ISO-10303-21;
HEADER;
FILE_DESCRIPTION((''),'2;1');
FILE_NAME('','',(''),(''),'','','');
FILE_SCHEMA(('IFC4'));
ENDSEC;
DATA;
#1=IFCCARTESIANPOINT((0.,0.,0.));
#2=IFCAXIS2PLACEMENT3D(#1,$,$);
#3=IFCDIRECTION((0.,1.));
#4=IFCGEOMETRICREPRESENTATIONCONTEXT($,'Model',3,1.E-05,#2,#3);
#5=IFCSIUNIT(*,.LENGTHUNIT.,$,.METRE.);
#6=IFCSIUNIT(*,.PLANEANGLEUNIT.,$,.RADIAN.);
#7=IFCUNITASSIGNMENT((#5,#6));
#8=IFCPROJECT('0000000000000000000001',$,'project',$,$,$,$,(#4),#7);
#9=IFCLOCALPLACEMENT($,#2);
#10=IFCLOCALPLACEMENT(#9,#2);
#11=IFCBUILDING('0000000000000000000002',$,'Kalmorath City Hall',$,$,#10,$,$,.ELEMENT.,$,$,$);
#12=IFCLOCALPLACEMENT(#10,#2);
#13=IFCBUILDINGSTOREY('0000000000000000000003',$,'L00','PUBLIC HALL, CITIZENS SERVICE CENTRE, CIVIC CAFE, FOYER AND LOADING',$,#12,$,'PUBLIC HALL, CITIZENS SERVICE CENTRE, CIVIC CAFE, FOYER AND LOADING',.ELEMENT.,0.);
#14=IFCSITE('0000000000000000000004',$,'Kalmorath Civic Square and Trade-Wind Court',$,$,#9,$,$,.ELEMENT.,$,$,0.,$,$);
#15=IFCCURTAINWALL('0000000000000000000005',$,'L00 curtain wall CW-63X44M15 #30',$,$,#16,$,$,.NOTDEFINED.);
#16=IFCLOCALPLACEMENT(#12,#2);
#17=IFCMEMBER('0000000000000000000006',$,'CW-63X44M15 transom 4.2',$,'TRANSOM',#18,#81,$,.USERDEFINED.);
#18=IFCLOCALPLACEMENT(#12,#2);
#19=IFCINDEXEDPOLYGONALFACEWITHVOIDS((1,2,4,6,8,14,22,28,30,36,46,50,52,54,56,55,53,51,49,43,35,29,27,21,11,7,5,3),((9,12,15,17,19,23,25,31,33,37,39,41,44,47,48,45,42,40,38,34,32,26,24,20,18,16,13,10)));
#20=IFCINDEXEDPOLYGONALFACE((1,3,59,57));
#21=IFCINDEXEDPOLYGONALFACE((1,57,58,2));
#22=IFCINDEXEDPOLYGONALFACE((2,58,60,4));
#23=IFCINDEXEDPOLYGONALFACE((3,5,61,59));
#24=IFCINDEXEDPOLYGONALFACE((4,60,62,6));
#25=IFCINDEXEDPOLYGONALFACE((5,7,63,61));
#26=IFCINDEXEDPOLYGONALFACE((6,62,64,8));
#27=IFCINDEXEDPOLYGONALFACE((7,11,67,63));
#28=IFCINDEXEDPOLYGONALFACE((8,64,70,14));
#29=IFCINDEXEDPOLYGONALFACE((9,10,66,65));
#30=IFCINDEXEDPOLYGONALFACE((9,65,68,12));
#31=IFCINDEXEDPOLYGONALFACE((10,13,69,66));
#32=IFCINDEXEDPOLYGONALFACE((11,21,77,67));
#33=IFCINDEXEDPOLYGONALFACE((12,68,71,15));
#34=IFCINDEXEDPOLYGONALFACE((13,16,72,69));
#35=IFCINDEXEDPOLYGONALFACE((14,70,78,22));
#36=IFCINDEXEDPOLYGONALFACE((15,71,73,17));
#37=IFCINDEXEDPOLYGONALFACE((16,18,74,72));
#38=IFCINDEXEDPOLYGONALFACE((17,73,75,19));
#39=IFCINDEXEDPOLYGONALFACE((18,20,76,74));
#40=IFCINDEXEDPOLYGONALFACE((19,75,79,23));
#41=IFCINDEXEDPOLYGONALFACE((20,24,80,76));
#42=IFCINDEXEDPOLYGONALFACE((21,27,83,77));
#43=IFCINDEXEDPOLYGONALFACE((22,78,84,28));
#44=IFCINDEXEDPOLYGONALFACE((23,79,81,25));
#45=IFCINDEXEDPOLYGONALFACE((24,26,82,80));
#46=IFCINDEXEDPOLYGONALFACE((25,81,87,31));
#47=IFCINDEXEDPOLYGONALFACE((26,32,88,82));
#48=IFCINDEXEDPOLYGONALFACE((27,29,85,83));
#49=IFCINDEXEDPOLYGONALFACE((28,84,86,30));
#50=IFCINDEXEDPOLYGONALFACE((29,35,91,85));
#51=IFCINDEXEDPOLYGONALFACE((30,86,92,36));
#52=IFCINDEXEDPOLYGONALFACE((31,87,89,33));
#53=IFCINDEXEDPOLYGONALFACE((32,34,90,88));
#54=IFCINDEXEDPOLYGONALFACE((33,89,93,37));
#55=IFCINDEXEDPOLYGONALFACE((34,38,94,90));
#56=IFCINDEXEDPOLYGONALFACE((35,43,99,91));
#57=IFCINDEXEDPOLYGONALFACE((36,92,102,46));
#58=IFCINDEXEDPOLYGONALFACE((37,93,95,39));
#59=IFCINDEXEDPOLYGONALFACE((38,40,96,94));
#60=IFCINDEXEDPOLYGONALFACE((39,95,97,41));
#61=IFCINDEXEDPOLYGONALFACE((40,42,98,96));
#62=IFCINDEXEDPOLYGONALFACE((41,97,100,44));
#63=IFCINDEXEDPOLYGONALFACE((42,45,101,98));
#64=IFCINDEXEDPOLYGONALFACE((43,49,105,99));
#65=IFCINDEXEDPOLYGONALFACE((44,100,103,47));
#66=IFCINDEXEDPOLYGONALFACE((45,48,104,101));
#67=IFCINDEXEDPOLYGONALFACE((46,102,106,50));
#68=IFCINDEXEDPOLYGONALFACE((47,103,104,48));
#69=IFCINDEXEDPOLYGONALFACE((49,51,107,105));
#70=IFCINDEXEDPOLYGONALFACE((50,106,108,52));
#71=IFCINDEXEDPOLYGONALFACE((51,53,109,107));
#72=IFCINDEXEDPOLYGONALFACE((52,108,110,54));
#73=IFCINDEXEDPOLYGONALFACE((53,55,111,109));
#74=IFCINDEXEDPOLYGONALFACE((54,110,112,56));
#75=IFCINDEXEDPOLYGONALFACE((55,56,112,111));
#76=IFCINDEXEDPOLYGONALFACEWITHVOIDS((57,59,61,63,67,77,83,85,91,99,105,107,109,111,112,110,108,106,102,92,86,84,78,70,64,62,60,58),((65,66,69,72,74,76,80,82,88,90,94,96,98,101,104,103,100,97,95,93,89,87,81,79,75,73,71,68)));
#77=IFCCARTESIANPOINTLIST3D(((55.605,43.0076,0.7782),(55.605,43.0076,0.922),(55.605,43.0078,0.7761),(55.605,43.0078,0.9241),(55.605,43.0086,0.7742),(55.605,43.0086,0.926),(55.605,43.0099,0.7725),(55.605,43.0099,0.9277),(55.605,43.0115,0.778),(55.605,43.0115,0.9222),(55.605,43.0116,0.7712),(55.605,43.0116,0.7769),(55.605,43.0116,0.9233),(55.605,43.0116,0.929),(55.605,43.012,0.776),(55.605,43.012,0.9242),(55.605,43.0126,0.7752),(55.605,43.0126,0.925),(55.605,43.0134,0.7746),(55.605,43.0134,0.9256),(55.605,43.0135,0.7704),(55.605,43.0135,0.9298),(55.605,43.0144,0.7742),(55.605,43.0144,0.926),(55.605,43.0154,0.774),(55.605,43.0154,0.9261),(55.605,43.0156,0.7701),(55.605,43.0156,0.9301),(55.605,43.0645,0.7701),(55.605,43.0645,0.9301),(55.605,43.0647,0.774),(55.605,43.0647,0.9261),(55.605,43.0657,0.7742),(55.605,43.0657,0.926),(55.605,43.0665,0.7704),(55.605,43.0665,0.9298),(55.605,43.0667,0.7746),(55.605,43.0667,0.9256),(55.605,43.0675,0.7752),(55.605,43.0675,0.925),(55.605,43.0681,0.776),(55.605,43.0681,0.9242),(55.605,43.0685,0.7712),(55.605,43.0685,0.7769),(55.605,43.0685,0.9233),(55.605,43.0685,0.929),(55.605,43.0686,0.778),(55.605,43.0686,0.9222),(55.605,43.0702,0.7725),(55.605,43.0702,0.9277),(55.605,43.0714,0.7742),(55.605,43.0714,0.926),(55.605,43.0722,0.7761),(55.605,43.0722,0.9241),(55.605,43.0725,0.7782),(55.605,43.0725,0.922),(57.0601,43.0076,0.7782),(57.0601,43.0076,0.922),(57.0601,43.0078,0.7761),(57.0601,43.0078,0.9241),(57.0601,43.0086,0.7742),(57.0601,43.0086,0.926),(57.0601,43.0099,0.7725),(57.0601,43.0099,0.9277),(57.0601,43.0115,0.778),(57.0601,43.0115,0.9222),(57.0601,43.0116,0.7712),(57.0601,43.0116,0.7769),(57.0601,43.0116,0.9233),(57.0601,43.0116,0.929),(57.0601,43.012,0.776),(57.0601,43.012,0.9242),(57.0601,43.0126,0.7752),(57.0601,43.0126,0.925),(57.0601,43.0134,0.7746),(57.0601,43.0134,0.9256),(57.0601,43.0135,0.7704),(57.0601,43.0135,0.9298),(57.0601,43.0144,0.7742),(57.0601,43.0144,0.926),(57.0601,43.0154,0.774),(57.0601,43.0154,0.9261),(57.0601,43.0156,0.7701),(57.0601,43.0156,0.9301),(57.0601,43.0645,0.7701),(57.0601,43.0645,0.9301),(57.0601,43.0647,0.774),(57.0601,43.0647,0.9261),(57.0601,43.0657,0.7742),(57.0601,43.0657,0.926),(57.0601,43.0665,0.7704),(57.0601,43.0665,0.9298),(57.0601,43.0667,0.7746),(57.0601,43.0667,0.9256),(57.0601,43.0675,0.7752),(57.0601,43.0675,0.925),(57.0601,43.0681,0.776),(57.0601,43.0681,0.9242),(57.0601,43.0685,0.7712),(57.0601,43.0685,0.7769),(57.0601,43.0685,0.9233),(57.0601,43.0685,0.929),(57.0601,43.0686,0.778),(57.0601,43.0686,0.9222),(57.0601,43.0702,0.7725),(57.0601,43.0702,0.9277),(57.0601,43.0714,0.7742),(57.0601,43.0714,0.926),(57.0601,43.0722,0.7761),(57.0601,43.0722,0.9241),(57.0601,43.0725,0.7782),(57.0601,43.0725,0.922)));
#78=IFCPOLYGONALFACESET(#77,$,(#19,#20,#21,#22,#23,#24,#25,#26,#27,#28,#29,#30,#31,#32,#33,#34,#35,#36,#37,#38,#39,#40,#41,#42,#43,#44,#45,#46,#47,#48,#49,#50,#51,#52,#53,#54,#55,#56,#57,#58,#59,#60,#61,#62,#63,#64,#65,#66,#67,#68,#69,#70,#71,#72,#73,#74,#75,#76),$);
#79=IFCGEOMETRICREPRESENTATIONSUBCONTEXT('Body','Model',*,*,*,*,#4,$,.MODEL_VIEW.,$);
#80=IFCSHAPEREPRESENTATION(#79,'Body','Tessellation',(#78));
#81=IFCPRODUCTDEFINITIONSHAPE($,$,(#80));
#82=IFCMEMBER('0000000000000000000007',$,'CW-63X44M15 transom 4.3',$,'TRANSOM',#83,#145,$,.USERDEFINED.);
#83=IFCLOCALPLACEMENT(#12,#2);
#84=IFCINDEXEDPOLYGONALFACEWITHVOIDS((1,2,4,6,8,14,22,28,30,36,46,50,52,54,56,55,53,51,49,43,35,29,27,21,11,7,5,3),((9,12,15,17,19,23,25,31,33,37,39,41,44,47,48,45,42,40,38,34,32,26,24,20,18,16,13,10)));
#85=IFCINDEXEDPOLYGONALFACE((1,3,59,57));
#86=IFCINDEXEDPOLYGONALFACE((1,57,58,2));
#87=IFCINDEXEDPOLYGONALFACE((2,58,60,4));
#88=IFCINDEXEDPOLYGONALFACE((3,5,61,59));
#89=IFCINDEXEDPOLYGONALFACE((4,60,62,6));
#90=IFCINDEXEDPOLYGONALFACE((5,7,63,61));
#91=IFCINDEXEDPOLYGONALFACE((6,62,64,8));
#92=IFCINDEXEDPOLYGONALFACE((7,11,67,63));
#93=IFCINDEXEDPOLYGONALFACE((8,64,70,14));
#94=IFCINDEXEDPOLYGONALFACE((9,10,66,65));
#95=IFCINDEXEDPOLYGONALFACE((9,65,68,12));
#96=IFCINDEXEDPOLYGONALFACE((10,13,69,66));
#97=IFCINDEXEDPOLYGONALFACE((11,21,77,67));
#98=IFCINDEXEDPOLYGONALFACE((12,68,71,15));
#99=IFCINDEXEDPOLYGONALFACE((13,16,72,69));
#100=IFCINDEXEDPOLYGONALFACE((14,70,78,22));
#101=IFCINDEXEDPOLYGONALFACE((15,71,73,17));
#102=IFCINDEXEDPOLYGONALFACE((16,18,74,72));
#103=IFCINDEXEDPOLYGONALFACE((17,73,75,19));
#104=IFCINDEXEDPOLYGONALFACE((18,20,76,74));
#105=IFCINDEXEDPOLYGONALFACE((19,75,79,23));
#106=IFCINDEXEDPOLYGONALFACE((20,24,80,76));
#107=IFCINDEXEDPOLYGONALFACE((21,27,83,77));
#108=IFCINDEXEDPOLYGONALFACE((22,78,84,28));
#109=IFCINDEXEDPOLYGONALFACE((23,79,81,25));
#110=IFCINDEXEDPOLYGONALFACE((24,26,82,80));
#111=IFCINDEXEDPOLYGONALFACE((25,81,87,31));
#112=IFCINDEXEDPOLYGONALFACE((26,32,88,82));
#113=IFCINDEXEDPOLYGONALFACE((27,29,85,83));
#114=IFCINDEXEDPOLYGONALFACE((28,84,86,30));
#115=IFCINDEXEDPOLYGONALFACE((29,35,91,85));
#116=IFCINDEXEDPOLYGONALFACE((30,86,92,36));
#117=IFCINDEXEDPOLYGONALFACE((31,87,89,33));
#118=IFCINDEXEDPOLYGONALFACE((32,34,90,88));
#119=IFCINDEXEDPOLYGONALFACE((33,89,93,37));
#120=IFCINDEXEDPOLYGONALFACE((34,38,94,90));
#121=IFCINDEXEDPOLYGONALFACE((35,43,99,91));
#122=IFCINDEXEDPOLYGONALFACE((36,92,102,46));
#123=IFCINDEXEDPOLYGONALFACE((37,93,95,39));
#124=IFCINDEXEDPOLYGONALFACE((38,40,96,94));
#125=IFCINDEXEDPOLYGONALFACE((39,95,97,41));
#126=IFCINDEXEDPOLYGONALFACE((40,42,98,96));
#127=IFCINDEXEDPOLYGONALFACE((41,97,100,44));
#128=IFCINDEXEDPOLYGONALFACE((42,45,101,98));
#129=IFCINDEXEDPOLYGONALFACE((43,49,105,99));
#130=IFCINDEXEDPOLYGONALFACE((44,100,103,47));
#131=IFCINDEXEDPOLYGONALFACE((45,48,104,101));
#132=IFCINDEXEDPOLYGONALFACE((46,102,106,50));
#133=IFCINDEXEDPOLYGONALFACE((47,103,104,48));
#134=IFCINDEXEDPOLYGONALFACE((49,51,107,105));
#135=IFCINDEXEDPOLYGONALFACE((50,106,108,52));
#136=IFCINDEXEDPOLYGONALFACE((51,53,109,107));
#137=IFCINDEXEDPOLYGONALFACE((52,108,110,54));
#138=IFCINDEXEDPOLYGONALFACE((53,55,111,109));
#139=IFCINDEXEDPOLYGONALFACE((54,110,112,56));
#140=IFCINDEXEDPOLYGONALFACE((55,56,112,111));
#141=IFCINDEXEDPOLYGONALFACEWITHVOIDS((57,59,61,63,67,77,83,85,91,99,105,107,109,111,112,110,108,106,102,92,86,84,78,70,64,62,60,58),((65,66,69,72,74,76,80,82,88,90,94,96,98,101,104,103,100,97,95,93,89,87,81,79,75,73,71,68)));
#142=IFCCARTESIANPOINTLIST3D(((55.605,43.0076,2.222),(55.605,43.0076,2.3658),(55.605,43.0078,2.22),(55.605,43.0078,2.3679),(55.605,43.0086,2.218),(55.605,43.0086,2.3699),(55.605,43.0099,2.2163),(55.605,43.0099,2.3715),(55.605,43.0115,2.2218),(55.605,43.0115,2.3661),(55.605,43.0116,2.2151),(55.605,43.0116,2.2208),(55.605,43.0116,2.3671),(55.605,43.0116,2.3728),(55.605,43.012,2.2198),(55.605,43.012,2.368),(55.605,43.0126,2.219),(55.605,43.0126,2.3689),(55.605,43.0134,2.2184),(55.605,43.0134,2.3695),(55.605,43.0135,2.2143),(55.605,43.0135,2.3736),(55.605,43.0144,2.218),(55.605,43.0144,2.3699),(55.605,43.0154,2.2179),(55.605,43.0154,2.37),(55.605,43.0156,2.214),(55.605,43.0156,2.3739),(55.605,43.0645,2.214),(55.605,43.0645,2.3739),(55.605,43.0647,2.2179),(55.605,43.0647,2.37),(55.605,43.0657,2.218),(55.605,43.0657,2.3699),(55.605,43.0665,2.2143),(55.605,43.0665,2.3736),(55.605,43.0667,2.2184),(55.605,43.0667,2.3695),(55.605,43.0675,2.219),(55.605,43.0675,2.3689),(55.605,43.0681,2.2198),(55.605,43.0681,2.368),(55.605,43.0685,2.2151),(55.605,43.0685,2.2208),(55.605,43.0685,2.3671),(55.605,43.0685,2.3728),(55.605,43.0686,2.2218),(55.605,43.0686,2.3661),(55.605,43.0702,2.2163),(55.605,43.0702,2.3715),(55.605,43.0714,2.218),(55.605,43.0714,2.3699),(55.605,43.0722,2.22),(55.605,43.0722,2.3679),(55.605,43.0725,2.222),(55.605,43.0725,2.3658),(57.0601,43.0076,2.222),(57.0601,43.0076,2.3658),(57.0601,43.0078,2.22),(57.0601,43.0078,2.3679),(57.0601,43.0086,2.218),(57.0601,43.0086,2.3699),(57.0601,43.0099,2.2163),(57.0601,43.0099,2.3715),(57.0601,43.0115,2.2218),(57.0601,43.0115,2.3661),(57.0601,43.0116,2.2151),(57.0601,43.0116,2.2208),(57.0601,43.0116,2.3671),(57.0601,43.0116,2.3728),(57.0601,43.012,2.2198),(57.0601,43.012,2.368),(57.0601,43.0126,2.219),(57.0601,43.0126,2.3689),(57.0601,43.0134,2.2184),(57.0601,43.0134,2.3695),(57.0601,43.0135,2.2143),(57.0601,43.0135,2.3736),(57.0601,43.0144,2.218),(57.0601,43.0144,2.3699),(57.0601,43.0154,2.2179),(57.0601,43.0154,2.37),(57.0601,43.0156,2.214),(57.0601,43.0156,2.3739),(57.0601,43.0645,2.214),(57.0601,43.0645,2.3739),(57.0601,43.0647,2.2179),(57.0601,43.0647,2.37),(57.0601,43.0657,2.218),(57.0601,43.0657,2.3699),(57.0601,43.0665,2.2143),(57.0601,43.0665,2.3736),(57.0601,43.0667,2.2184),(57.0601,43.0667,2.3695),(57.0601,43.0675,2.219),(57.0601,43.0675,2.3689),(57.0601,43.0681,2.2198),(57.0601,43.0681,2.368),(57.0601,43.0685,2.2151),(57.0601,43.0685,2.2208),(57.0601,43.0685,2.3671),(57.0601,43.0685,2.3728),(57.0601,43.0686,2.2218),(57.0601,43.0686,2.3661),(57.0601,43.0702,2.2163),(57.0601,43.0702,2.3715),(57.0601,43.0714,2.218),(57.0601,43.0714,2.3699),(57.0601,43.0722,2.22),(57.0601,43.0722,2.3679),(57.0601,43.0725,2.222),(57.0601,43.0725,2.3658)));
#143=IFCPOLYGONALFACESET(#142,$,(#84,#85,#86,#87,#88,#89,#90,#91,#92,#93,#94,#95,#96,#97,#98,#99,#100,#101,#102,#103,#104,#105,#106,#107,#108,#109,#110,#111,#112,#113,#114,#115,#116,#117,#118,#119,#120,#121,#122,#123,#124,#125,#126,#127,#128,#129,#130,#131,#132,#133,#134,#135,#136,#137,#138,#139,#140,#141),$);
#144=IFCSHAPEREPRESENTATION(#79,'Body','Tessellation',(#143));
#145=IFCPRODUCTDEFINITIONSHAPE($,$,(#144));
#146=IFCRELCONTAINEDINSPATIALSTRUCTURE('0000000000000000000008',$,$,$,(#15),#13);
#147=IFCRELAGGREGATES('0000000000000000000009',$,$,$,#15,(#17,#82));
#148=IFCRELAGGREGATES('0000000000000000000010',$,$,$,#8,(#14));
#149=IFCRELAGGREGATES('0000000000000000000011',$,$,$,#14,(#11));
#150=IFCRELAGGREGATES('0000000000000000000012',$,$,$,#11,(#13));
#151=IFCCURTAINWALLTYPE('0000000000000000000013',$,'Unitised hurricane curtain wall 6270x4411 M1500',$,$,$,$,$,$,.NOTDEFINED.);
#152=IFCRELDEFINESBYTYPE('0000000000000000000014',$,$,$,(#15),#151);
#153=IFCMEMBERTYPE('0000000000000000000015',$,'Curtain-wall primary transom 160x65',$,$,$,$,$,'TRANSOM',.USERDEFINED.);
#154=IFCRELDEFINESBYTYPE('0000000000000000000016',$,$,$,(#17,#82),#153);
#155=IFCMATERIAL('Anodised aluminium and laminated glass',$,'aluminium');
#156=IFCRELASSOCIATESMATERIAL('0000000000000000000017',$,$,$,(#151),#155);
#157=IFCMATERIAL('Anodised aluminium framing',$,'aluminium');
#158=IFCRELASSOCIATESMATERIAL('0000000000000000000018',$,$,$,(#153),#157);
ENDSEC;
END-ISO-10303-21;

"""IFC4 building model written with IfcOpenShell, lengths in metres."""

from ifc_helpers import new_model, si_unit, direction, frame, origin, origin_2d, place, context, subcontext, project, spatial, hollow_rectangle, extrude, material, material_profile, profile_set, type_object, element, aggregate, save


model = new_model("IFC4")

# Units and contexts
model_context = context("Model", 3, precision=1e-05, world=origin(), true_north=direction((0.0, 1.0)))
body_context = subcontext(model_context, "Body", "Model", "MODEL_VIEW")
ifc_project = project(units=[si_unit("LENGTHUNIT", "METRE"), si_unit("PLANEANGLEUNIT", "RADIAN")], contexts=[model_context])

# Site, building, storey
site_placement = place(None, origin())
site = spatial("IfcSite", under=ifc_project, at=site_placement, Name="Kalmorath Civic Square and Trade-Wind Court", CompositionType="ELEMENT", RefElevation=0.0)
building_placement = place(site_placement, origin())
building = spatial("IfcBuilding", under=site, at=building_placement, Name="Kalmorath City Hall", CompositionType="ELEMENT")
storey_placement = place(building_placement, origin())
storey = spatial("IfcBuildingStorey", under=building, at=storey_placement, Name="L00", Description="PUBLIC HALL, CITIZENS SERVICE CENTRE, CIVIC CAFE, FOYER AND LOADING", LongName="PUBLIC HALL, CITIZENS SERVICE CENTRE, CIVIC CAFE, FOYER AND LOADING", CompositionType="ELEMENT", Elevation=0.0)

# Curtain wall, members
ifc_material_1 = material(Name="Anodised aluminium and laminated glass", Category="aluminium")
curtain_wall_type = type_object("IfcCurtainWallType", Name="Unitised hurricane curtain wall 6270x4411 M1500", PredefinedType="NOTDEFINED", material=ifc_material_1)
curtain_wall_placement = place(storey_placement, origin())
curtain_wall = element("IfcCurtainWall", 1, at=curtain_wall_placement, inside=storey, type_object=curtain_wall_type, Name="L00 curtain wall CW-63X44M15 #30", PredefinedType="NOTDEFINED")
ifc_material_2 = material(Name="Anodised aluminium framing", Category="aluminium")
ifc_material_profile_1 = material_profile(ifc_material_2, hollow_rectangle(XDim=0.0649, YDim=0.1599, WallThickness=0.0039, InnerFilletRadius=0.0039, OuterFilletRadius=0.0081, at=origin_2d()), Name="ALU-TRN-160X65X4")
ifc_profile_set_1 = profile_set([ifc_material_profile_1], Name="Anodised aluminium framing")
member_type_1 = type_object("IfcMemberType", Name="Curtain-wall primary transom 160x65", ElementType="TRANSOM", PredefinedType="USERDEFINED", material=ifc_profile_set_1)
member_1_placement = place(storey_placement, frame((55.605, 43.04, 0.8501), z_axis=(1.0, 0.0, 0.0), x_axis=(0.0, 1.0, 0.0)))
member_1 = element("IfcMember", 2, at=member_1_placement, type_object=member_type_1, Name="CW-63X44M15 transom 4.2", ObjectType="TRANSOM", PredefinedType="USERDEFINED", context=body_context, shape_type="SweptSolid", body=[
    extrude(hollow_rectangle(XDim=0.0649, YDim=0.1599, WallThickness=0.0039, InnerFilletRadius=0.0039, OuterFilletRadius=0.0081, at=origin_2d()), origin(), (0.0, 0.0, 1.0), 1.4551),
])
member_2_placement = place(storey_placement, frame((55.605, 43.04, 2.2939), z_axis=(1.0, 0.0, 0.0), x_axis=(0.0, 1.0, 0.0)))
member_2 = element("IfcMember", 3, at=member_2_placement, type_object=member_type_1, Name="CW-63X44M15 transom 4.3", ObjectType="TRANSOM", PredefinedType="USERDEFINED", context=body_context, shape_type="SweptSolid", body=[
    extrude(hollow_rectangle(XDim=0.0649, YDim=0.1599, WallThickness=0.0039, InnerFilletRadius=0.0039, OuterFilletRadius=0.0081, at=origin_2d()), origin(), (0.0, 0.0, 1.0), 1.4551),
])

aggregate(curtain_wall, [member_1, member_2])

save(model, "model.ifc")
